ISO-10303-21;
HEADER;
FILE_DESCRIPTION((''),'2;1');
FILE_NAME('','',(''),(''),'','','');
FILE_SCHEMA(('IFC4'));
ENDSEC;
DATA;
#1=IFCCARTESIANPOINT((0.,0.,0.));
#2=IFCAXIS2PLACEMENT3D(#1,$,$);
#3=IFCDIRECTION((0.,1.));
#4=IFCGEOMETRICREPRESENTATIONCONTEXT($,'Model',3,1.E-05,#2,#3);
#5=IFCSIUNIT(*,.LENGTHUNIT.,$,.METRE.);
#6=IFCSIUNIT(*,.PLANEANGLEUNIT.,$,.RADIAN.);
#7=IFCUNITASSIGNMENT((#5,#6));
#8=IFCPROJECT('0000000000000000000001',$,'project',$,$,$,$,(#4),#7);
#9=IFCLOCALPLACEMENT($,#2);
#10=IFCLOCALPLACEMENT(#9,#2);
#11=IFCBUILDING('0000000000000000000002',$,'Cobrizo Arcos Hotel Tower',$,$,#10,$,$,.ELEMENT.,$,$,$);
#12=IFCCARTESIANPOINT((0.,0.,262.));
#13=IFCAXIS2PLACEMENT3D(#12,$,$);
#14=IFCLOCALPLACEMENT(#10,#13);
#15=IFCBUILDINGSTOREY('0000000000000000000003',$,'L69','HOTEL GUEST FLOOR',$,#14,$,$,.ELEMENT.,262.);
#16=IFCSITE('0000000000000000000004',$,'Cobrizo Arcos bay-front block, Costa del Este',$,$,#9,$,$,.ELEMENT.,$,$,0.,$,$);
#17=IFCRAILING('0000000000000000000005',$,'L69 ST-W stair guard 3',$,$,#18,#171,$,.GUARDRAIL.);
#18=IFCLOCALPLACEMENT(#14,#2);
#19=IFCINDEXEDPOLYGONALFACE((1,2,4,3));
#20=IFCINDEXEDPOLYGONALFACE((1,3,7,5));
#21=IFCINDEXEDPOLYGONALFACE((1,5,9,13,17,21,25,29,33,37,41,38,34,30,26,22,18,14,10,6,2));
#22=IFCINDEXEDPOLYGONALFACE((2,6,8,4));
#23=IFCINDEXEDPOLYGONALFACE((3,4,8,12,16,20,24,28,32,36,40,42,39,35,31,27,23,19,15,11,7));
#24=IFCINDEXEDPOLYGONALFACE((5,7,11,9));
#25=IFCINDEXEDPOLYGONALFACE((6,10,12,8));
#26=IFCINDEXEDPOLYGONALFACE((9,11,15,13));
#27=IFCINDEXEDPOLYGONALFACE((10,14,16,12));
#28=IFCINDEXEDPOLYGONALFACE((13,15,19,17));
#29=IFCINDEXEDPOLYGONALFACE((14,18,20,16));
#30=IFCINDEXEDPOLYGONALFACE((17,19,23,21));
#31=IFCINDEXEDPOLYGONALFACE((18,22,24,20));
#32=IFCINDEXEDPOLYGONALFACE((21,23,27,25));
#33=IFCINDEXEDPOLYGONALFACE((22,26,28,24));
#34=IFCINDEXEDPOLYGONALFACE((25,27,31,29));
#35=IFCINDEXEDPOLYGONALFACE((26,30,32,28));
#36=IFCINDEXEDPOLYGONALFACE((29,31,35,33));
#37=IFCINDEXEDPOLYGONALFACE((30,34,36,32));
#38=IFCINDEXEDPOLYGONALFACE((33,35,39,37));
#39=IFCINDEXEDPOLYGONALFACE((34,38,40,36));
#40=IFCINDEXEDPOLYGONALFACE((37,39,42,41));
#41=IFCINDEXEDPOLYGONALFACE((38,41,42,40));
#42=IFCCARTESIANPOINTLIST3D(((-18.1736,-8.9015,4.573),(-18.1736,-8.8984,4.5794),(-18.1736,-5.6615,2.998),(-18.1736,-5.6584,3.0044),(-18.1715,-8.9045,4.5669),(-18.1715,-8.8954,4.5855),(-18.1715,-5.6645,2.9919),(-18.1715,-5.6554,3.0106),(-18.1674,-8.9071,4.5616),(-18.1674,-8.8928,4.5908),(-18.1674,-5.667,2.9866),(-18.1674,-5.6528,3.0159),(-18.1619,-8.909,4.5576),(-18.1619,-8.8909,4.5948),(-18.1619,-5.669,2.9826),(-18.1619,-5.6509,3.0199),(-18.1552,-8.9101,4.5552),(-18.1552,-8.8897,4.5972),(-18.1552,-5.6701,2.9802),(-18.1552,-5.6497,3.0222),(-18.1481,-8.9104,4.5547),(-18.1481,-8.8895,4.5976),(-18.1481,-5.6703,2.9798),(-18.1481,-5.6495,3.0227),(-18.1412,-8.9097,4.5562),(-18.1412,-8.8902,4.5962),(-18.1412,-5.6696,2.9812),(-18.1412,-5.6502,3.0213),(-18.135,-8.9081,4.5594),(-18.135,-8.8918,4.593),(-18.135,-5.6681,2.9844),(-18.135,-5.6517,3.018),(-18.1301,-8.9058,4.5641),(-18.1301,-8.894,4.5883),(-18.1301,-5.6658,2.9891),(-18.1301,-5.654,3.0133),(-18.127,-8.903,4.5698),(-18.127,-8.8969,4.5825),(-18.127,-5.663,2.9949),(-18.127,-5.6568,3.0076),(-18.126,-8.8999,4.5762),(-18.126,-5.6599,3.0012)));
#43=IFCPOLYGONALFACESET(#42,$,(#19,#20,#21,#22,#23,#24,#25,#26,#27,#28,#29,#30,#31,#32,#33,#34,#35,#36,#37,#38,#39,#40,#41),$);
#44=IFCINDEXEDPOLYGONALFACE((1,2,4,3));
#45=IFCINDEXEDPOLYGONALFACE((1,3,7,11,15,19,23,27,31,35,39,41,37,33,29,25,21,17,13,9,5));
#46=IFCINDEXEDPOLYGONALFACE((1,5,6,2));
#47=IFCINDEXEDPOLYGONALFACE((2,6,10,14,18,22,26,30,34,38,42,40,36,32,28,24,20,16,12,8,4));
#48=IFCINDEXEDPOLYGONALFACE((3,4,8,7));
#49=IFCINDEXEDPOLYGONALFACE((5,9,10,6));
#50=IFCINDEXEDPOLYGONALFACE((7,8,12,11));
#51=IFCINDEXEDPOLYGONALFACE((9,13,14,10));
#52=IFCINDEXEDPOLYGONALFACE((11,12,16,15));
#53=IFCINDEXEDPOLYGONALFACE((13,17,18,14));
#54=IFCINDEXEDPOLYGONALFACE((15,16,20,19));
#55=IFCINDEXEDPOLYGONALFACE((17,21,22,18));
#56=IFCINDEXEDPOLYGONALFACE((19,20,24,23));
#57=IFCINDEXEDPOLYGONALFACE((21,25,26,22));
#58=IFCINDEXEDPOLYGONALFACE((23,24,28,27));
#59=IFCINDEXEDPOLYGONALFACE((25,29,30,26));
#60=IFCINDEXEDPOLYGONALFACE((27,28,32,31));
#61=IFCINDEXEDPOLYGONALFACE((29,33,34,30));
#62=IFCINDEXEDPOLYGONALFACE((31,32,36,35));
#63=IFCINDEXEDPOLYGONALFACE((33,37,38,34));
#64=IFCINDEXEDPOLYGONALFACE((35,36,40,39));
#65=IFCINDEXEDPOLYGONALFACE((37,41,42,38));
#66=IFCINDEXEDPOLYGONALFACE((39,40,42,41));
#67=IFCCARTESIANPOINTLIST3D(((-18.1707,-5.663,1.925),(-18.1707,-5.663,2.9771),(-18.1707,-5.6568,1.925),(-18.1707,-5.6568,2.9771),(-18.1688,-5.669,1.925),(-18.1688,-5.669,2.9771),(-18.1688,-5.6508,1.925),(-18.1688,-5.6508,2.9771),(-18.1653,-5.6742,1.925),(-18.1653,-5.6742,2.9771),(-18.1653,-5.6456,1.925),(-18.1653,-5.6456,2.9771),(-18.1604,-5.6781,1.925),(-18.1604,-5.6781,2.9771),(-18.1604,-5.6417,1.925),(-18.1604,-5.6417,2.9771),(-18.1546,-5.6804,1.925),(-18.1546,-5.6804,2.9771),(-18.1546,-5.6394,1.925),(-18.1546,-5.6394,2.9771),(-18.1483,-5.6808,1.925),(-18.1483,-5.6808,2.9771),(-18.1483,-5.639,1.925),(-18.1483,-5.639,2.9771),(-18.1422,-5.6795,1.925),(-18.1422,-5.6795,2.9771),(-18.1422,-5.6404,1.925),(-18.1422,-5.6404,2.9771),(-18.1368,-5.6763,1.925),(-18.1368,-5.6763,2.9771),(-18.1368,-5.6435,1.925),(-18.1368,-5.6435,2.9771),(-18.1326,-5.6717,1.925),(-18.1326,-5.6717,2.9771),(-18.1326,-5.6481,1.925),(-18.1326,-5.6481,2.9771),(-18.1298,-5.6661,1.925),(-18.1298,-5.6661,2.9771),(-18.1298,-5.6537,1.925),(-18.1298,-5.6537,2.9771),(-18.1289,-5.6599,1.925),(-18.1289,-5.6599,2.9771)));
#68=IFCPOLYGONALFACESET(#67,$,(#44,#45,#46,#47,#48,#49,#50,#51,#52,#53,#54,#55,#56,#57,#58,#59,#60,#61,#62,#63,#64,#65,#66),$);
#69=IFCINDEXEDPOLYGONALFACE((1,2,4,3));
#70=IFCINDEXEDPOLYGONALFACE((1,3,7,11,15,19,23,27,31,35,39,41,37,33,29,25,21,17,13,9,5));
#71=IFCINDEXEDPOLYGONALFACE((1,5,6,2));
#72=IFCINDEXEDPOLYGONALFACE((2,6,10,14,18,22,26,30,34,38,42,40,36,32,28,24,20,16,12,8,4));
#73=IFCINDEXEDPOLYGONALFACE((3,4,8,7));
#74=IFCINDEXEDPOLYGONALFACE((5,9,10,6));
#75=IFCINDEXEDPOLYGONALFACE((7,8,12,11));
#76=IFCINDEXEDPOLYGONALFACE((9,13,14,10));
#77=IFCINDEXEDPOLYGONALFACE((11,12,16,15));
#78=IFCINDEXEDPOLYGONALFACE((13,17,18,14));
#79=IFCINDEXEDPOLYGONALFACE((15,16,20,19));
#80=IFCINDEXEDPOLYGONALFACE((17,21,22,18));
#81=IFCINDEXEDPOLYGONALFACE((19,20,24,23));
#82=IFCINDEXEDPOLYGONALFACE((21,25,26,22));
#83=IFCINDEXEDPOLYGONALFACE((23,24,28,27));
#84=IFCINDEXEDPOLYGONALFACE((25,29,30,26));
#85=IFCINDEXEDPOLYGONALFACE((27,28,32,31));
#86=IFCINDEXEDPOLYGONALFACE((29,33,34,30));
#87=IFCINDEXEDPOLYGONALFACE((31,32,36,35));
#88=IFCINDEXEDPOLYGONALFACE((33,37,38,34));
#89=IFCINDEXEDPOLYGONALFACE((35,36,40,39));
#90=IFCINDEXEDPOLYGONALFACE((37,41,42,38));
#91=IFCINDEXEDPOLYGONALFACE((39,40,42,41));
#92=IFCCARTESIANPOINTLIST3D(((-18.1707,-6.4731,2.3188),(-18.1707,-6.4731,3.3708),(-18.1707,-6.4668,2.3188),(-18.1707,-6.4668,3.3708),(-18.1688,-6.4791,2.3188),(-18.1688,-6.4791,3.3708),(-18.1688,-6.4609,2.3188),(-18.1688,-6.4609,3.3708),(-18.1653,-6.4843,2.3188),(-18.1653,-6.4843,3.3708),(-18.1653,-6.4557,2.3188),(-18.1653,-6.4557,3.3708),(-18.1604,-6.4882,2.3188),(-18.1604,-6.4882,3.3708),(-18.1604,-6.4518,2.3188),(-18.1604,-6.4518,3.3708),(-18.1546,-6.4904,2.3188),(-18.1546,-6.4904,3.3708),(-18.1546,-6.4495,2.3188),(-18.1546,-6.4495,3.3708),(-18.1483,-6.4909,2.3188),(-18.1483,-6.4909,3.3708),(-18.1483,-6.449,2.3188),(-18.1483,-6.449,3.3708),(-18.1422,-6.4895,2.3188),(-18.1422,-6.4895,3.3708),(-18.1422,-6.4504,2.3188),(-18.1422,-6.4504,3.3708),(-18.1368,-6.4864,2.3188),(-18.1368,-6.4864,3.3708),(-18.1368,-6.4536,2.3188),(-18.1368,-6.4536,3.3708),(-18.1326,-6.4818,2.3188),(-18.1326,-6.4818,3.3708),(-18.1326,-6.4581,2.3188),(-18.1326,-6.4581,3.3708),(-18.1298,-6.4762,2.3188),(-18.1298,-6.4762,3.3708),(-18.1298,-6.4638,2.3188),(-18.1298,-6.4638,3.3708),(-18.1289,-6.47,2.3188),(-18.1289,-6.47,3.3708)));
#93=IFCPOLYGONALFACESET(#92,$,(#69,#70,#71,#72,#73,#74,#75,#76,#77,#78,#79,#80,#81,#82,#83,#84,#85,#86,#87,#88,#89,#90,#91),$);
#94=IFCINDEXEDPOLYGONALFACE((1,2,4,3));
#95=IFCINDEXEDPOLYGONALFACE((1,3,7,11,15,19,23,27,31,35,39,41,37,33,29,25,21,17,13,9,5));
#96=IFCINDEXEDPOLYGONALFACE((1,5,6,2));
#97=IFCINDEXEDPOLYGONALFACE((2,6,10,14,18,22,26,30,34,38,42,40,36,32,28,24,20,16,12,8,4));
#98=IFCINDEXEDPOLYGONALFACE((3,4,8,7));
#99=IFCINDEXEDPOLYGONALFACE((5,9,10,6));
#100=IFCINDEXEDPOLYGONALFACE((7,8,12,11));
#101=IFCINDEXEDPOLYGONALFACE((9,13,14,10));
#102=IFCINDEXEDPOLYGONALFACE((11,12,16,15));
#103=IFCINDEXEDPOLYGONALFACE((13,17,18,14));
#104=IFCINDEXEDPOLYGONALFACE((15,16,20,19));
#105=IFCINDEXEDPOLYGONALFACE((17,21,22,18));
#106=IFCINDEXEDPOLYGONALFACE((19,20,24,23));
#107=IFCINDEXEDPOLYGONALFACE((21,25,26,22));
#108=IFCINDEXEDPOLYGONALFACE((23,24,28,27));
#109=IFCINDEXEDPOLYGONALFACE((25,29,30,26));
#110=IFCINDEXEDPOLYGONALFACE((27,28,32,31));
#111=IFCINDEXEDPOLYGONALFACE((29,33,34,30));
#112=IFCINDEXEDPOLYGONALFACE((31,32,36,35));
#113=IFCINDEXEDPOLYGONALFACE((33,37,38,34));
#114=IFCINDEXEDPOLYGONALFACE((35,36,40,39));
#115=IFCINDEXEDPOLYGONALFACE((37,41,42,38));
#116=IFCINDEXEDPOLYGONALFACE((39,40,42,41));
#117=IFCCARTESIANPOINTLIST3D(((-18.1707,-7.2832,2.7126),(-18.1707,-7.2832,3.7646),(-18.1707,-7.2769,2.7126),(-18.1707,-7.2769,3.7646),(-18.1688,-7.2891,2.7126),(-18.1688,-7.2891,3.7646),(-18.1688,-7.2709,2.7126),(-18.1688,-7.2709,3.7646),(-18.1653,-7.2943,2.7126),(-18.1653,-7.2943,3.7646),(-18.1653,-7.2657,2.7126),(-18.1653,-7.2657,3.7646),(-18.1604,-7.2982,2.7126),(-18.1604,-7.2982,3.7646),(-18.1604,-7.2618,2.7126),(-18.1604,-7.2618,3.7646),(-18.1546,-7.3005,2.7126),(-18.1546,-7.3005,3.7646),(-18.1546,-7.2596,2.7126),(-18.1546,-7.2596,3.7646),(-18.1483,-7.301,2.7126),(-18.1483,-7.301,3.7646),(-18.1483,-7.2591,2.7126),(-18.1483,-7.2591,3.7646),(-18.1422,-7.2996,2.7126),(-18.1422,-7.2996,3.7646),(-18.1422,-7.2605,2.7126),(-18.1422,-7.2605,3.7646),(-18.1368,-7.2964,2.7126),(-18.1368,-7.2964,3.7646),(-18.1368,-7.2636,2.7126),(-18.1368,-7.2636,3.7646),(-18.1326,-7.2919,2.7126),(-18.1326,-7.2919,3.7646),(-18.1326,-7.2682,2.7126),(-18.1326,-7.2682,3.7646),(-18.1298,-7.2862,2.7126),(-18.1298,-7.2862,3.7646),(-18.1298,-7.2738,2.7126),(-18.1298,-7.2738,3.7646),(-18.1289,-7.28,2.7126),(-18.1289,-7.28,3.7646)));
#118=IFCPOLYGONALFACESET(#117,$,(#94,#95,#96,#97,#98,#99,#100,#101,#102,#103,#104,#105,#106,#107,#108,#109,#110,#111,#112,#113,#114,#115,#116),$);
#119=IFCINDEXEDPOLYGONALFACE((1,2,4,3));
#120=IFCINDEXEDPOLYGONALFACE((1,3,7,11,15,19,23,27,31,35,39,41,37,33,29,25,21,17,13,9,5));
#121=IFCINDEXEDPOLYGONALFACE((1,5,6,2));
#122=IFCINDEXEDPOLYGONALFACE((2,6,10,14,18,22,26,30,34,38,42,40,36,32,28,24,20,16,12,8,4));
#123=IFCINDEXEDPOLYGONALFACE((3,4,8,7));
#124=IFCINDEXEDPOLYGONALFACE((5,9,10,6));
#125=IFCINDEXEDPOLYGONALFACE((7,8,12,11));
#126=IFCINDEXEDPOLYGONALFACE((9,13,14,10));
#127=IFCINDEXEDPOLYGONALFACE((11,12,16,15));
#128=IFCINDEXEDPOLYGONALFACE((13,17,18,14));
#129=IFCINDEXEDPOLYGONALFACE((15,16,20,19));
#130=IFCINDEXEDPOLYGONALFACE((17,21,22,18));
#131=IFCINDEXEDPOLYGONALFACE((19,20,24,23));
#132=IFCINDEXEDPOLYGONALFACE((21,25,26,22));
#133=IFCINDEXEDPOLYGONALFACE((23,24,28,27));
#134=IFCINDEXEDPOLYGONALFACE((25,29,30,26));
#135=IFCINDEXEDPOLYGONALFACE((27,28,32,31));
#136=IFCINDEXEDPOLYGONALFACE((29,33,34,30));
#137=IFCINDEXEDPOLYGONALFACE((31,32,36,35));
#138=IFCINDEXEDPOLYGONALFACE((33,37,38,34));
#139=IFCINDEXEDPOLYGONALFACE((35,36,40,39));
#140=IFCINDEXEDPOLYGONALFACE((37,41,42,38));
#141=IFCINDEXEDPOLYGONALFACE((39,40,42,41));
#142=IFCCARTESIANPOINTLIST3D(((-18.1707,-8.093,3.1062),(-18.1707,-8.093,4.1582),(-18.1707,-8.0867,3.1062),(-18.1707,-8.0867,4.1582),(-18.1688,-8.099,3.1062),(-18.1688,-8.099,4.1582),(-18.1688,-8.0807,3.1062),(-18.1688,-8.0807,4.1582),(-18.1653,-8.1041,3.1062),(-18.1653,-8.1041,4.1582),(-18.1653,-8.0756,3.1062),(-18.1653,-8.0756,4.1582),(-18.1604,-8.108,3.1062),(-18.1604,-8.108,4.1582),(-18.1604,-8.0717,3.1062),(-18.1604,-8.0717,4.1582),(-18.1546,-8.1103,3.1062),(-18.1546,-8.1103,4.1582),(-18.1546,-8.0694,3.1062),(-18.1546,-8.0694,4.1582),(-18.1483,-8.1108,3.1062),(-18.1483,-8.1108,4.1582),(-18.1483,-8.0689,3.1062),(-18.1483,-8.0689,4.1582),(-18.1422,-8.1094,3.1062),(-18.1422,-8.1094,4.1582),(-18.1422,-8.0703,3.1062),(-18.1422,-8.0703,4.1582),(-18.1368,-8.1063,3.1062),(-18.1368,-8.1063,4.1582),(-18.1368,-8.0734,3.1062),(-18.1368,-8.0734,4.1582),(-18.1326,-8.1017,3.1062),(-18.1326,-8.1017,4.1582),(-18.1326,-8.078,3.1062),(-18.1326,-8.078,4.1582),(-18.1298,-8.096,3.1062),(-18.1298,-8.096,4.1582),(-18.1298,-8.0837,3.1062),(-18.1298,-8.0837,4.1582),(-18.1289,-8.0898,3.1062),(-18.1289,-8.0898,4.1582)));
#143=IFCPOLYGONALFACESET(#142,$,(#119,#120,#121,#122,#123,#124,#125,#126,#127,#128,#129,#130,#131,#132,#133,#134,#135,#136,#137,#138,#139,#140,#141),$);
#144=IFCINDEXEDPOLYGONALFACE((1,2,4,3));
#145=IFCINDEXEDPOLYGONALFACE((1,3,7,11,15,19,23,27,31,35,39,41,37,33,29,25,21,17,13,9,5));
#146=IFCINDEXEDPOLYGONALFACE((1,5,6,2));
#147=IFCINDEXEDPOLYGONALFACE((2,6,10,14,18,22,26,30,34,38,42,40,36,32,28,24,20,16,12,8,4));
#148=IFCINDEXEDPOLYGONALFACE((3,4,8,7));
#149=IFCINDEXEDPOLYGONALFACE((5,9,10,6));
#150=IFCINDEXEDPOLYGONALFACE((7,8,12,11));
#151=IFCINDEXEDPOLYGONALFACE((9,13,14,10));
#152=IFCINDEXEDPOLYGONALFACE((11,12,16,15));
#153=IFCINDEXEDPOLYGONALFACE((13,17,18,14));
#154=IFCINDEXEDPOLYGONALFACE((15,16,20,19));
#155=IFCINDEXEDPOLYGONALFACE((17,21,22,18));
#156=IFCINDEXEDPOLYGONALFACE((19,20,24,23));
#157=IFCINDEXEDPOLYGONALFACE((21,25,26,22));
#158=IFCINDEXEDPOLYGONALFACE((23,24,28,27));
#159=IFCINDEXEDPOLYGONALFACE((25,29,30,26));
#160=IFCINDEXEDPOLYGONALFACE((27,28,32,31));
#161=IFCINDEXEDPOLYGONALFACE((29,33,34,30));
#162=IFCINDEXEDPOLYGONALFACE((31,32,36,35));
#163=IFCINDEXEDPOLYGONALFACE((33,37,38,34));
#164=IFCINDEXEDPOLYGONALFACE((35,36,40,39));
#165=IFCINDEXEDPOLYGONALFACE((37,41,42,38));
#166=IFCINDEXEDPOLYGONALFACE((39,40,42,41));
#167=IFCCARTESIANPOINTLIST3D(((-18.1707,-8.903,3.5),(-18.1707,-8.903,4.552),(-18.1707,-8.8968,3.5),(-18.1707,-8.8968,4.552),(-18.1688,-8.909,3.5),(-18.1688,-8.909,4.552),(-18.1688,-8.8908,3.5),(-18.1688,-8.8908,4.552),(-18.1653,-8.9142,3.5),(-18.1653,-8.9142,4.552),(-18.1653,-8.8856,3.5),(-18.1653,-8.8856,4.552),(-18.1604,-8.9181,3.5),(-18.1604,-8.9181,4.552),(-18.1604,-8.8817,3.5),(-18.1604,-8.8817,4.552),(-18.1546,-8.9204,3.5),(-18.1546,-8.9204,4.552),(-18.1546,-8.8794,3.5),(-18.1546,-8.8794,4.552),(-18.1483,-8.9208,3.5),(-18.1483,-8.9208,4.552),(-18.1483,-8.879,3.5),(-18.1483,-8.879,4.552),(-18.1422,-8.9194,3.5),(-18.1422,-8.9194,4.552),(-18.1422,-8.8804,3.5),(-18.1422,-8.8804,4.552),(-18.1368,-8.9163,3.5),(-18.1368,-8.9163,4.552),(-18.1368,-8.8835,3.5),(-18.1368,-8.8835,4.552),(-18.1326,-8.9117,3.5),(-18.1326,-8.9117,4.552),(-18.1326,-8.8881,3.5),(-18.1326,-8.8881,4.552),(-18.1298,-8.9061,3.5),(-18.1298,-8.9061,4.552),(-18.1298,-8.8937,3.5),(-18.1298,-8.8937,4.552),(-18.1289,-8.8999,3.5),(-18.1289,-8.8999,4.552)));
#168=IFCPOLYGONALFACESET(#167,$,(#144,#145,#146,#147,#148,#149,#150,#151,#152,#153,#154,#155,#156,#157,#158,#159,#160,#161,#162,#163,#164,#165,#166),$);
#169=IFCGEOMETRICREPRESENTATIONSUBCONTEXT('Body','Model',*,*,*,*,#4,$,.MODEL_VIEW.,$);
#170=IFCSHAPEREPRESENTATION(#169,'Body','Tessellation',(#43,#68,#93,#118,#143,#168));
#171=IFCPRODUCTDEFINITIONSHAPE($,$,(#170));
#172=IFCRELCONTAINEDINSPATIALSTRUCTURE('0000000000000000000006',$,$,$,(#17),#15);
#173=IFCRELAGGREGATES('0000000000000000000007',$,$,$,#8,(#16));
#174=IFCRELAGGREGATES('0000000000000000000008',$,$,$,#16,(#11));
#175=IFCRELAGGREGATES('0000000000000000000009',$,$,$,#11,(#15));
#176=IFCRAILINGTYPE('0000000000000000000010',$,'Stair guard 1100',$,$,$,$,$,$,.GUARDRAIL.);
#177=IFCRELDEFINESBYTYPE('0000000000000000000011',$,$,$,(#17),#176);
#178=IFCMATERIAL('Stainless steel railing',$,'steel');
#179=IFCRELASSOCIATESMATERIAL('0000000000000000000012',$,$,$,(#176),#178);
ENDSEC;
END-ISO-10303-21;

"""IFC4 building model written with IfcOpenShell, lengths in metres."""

from ifc_helpers import new_model, si_unit, direction, frame, origin, origin_2d, place, context, subcontext, project, spatial, circle, extrude, material, type_object, element, save


model = new_model("IFC4")

# Units and contexts
model_context = context("Model", 3, precision=1e-05, world=origin(), true_north=direction((0.0, 1.0)))
body_context = subcontext(model_context, "Body", "Model", "MODEL_VIEW")
ifc_project = project(units=[si_unit("LENGTHUNIT", "METRE"), si_unit("PLANEANGLEUNIT", "RADIAN")], contexts=[model_context])

# Site, building, storey
site_placement = place(None, origin())
site = spatial("IfcSite", under=ifc_project, at=site_placement, Name="Cobrizo Arcos bay-front block, Costa del Este", CompositionType="ELEMENT", RefElevation=0.0)
building_placement = place(site_placement, origin())
building = spatial("IfcBuilding", under=site, at=building_placement, Name="Cobrizo Arcos Hotel Tower", CompositionType="ELEMENT")
storey_placement = place(building_placement, frame((0.0, 0.0, 262.0)))
storey = spatial("IfcBuildingStorey", under=building, at=storey_placement, Name="L69", Description="HOTEL GUEST FLOOR", CompositionType="ELEMENT", Elevation=262.0)

# Railing
ifc_material_1 = material(Name="Stainless steel railing", Category="steel")
railing_type_1 = type_object("IfcRailingType", Name="Stair guard 1100", PredefinedType="GUARDRAIL", material=ifc_material_1)
railing_1_placement = place(storey_placement, frame((-18.1499, -5.6599, 1.925)))
element("IfcRailing", 1, at=railing_1_placement, inside=storey, type_object=railing_type_1, Name="L69 ST-W stair guard 3", PredefinedType="GUARDRAIL", context=body_context, shape_type="SweptSolid", body=[
    extrude(circle(Radius=0.0239, at=origin_2d()), frame((0.0, 0.0, 1.0762), z_axis=(0.0, -0.899373, 0.437183), x_axis=(1.0, 0.0, 0.0)), (0.0, 0.0, 1.0), 3.6025),
    extrude(circle(Radius=0.021, at=origin_2d()), origin(), (0.0, 0.0, 1.0), 1.052),
    extrude(circle(Radius=0.021, at=origin_2d()), frame((0.0, -0.8101, 0.3938)), (0.0, 0.0, 1.0), 1.052),
    extrude(circle(Radius=0.021, at=origin_2d()), frame((0.0, -1.6201, 0.7876)), (0.0, 0.0, 1.0), 1.052),
    extrude(circle(Radius=0.021, at=origin_2d()), frame((0.0, -2.4299, 1.1812)), (0.0, 0.0, 1.0), 1.052),
    extrude(circle(Radius=0.021, at=origin_2d()), frame((0.0, -3.24, 1.575)), (0.0, 0.0, 1.0), 1.052),
])

save(model, "model.ifc")
